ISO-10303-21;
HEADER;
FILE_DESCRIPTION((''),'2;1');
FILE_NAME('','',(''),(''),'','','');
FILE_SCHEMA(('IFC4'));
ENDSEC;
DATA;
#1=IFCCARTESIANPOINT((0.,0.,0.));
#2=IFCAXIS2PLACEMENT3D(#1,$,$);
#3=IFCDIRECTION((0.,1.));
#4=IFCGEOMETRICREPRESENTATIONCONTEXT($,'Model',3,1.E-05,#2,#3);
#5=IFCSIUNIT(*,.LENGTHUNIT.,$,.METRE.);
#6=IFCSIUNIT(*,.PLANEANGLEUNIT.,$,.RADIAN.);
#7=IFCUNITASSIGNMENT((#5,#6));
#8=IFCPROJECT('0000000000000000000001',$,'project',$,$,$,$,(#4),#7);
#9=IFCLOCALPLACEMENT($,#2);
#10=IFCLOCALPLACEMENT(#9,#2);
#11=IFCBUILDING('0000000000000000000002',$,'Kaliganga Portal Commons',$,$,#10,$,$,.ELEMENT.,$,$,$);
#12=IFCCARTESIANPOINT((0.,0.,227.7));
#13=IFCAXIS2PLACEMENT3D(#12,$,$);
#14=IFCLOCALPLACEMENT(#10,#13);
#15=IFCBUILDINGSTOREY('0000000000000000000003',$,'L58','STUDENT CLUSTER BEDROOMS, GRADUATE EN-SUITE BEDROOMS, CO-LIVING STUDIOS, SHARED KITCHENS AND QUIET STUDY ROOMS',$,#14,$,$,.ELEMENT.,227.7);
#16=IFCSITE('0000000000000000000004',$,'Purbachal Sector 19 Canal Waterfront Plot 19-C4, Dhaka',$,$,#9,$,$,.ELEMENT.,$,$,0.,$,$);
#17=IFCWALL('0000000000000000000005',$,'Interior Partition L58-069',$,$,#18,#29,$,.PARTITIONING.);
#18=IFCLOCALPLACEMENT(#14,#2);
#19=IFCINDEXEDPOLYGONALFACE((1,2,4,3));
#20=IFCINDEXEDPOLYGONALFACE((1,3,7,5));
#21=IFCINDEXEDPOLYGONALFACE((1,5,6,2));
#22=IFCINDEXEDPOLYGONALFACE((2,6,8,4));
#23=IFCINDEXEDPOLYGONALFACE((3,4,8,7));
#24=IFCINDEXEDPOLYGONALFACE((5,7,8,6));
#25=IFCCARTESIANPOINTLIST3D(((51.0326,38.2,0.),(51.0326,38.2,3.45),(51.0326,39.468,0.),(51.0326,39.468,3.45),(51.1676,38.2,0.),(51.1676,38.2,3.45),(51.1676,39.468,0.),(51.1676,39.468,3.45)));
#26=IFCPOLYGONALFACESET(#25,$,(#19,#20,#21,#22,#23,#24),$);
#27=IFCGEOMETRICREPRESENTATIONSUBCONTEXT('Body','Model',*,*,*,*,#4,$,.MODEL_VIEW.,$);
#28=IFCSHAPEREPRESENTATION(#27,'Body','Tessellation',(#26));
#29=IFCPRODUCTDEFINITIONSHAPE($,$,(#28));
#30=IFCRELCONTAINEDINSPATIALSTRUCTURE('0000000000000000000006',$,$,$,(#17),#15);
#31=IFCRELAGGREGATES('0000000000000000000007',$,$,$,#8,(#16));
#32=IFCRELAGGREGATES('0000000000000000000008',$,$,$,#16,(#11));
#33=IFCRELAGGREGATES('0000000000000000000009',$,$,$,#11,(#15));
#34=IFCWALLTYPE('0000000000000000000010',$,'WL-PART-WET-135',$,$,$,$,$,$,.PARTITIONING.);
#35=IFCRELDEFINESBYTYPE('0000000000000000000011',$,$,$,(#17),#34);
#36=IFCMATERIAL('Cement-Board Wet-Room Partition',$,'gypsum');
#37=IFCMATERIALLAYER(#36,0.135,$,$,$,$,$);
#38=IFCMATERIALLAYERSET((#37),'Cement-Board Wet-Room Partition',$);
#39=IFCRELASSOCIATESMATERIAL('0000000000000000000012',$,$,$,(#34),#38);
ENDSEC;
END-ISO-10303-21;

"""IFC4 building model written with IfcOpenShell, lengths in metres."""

from ifc_helpers import new_model, si_unit, direction, frame, frame_2d, origin, place, context, subcontext, project, spatial, rectangle, extrude, material, layer, layer_set, type_object, element, save


model = new_model("IFC4")

# Units and contexts
model_context = context("Model", 3, precision=1e-05, world=origin(), true_north=direction((0.0, 1.0)))
body_context = subcontext(model_context, "Body", "Model", "MODEL_VIEW")
ifc_project = project(units=[si_unit("LENGTHUNIT", "METRE"), si_unit("PLANEANGLEUNIT", "RADIAN")], contexts=[model_context])

# Site, building, storey
site_placement = place(None, origin())
site = spatial("IfcSite", under=ifc_project, at=site_placement, Name="Purbachal Sector 19 Canal Waterfront Plot 19-C4, Dhaka", CompositionType="ELEMENT", RefElevation=0.0)
building_placement = place(site_placement, origin())
building = spatial("IfcBuilding", under=site, at=building_placement, Name="Kaliganga Portal Commons", CompositionType="ELEMENT")
storey_placement = place(building_placement, frame((0.0, 0.0, 227.7)))
storey = spatial("IfcBuildingStorey", under=building, at=storey_placement, Name="L58", Description="STUDENT CLUSTER BEDROOMS, GRADUATE EN-SUITE BEDROOMS, CO-LIVING STUDIOS, SHARED KITCHENS AND QUIET STUDY ROOMS", CompositionType="ELEMENT", Elevation=227.7)

# Wall
ifc_material_1 = material(Name="Cement-Board Wet-Room Partition", Category="gypsum")
ifc_layer_1 = layer(ifc_material_1, 0.135)
ifc_layer_set_1 = layer_set([ifc_layer_1], Name="Cement-Board Wet-Room Partition")
wall_type_1 = type_object("IfcWallType", Name="WL-PART-WET-135", PredefinedType="PARTITIONING", material=ifc_layer_set_1)
wall_1_placement = place(storey_placement, frame((51.1001, 38.2, 0.0), z_axis=(0.0, 0.0, 1.0), x_axis=(0.0, 1.0, 0.0)))
element("IfcWall", 1, at=wall_1_placement, inside=storey, type_object=wall_type_1, Name="Interior Partition L58-069", PredefinedType="PARTITIONING", context=body_context, shape_type="SweptSolid", body=[
    extrude(rectangle(XDim=1.2681, YDim=0.135, at=frame_2d((0.634, 0.0))), origin(), (0.0, 0.0, 1.0), 3.45),
])

save(model, "model.ifc")
